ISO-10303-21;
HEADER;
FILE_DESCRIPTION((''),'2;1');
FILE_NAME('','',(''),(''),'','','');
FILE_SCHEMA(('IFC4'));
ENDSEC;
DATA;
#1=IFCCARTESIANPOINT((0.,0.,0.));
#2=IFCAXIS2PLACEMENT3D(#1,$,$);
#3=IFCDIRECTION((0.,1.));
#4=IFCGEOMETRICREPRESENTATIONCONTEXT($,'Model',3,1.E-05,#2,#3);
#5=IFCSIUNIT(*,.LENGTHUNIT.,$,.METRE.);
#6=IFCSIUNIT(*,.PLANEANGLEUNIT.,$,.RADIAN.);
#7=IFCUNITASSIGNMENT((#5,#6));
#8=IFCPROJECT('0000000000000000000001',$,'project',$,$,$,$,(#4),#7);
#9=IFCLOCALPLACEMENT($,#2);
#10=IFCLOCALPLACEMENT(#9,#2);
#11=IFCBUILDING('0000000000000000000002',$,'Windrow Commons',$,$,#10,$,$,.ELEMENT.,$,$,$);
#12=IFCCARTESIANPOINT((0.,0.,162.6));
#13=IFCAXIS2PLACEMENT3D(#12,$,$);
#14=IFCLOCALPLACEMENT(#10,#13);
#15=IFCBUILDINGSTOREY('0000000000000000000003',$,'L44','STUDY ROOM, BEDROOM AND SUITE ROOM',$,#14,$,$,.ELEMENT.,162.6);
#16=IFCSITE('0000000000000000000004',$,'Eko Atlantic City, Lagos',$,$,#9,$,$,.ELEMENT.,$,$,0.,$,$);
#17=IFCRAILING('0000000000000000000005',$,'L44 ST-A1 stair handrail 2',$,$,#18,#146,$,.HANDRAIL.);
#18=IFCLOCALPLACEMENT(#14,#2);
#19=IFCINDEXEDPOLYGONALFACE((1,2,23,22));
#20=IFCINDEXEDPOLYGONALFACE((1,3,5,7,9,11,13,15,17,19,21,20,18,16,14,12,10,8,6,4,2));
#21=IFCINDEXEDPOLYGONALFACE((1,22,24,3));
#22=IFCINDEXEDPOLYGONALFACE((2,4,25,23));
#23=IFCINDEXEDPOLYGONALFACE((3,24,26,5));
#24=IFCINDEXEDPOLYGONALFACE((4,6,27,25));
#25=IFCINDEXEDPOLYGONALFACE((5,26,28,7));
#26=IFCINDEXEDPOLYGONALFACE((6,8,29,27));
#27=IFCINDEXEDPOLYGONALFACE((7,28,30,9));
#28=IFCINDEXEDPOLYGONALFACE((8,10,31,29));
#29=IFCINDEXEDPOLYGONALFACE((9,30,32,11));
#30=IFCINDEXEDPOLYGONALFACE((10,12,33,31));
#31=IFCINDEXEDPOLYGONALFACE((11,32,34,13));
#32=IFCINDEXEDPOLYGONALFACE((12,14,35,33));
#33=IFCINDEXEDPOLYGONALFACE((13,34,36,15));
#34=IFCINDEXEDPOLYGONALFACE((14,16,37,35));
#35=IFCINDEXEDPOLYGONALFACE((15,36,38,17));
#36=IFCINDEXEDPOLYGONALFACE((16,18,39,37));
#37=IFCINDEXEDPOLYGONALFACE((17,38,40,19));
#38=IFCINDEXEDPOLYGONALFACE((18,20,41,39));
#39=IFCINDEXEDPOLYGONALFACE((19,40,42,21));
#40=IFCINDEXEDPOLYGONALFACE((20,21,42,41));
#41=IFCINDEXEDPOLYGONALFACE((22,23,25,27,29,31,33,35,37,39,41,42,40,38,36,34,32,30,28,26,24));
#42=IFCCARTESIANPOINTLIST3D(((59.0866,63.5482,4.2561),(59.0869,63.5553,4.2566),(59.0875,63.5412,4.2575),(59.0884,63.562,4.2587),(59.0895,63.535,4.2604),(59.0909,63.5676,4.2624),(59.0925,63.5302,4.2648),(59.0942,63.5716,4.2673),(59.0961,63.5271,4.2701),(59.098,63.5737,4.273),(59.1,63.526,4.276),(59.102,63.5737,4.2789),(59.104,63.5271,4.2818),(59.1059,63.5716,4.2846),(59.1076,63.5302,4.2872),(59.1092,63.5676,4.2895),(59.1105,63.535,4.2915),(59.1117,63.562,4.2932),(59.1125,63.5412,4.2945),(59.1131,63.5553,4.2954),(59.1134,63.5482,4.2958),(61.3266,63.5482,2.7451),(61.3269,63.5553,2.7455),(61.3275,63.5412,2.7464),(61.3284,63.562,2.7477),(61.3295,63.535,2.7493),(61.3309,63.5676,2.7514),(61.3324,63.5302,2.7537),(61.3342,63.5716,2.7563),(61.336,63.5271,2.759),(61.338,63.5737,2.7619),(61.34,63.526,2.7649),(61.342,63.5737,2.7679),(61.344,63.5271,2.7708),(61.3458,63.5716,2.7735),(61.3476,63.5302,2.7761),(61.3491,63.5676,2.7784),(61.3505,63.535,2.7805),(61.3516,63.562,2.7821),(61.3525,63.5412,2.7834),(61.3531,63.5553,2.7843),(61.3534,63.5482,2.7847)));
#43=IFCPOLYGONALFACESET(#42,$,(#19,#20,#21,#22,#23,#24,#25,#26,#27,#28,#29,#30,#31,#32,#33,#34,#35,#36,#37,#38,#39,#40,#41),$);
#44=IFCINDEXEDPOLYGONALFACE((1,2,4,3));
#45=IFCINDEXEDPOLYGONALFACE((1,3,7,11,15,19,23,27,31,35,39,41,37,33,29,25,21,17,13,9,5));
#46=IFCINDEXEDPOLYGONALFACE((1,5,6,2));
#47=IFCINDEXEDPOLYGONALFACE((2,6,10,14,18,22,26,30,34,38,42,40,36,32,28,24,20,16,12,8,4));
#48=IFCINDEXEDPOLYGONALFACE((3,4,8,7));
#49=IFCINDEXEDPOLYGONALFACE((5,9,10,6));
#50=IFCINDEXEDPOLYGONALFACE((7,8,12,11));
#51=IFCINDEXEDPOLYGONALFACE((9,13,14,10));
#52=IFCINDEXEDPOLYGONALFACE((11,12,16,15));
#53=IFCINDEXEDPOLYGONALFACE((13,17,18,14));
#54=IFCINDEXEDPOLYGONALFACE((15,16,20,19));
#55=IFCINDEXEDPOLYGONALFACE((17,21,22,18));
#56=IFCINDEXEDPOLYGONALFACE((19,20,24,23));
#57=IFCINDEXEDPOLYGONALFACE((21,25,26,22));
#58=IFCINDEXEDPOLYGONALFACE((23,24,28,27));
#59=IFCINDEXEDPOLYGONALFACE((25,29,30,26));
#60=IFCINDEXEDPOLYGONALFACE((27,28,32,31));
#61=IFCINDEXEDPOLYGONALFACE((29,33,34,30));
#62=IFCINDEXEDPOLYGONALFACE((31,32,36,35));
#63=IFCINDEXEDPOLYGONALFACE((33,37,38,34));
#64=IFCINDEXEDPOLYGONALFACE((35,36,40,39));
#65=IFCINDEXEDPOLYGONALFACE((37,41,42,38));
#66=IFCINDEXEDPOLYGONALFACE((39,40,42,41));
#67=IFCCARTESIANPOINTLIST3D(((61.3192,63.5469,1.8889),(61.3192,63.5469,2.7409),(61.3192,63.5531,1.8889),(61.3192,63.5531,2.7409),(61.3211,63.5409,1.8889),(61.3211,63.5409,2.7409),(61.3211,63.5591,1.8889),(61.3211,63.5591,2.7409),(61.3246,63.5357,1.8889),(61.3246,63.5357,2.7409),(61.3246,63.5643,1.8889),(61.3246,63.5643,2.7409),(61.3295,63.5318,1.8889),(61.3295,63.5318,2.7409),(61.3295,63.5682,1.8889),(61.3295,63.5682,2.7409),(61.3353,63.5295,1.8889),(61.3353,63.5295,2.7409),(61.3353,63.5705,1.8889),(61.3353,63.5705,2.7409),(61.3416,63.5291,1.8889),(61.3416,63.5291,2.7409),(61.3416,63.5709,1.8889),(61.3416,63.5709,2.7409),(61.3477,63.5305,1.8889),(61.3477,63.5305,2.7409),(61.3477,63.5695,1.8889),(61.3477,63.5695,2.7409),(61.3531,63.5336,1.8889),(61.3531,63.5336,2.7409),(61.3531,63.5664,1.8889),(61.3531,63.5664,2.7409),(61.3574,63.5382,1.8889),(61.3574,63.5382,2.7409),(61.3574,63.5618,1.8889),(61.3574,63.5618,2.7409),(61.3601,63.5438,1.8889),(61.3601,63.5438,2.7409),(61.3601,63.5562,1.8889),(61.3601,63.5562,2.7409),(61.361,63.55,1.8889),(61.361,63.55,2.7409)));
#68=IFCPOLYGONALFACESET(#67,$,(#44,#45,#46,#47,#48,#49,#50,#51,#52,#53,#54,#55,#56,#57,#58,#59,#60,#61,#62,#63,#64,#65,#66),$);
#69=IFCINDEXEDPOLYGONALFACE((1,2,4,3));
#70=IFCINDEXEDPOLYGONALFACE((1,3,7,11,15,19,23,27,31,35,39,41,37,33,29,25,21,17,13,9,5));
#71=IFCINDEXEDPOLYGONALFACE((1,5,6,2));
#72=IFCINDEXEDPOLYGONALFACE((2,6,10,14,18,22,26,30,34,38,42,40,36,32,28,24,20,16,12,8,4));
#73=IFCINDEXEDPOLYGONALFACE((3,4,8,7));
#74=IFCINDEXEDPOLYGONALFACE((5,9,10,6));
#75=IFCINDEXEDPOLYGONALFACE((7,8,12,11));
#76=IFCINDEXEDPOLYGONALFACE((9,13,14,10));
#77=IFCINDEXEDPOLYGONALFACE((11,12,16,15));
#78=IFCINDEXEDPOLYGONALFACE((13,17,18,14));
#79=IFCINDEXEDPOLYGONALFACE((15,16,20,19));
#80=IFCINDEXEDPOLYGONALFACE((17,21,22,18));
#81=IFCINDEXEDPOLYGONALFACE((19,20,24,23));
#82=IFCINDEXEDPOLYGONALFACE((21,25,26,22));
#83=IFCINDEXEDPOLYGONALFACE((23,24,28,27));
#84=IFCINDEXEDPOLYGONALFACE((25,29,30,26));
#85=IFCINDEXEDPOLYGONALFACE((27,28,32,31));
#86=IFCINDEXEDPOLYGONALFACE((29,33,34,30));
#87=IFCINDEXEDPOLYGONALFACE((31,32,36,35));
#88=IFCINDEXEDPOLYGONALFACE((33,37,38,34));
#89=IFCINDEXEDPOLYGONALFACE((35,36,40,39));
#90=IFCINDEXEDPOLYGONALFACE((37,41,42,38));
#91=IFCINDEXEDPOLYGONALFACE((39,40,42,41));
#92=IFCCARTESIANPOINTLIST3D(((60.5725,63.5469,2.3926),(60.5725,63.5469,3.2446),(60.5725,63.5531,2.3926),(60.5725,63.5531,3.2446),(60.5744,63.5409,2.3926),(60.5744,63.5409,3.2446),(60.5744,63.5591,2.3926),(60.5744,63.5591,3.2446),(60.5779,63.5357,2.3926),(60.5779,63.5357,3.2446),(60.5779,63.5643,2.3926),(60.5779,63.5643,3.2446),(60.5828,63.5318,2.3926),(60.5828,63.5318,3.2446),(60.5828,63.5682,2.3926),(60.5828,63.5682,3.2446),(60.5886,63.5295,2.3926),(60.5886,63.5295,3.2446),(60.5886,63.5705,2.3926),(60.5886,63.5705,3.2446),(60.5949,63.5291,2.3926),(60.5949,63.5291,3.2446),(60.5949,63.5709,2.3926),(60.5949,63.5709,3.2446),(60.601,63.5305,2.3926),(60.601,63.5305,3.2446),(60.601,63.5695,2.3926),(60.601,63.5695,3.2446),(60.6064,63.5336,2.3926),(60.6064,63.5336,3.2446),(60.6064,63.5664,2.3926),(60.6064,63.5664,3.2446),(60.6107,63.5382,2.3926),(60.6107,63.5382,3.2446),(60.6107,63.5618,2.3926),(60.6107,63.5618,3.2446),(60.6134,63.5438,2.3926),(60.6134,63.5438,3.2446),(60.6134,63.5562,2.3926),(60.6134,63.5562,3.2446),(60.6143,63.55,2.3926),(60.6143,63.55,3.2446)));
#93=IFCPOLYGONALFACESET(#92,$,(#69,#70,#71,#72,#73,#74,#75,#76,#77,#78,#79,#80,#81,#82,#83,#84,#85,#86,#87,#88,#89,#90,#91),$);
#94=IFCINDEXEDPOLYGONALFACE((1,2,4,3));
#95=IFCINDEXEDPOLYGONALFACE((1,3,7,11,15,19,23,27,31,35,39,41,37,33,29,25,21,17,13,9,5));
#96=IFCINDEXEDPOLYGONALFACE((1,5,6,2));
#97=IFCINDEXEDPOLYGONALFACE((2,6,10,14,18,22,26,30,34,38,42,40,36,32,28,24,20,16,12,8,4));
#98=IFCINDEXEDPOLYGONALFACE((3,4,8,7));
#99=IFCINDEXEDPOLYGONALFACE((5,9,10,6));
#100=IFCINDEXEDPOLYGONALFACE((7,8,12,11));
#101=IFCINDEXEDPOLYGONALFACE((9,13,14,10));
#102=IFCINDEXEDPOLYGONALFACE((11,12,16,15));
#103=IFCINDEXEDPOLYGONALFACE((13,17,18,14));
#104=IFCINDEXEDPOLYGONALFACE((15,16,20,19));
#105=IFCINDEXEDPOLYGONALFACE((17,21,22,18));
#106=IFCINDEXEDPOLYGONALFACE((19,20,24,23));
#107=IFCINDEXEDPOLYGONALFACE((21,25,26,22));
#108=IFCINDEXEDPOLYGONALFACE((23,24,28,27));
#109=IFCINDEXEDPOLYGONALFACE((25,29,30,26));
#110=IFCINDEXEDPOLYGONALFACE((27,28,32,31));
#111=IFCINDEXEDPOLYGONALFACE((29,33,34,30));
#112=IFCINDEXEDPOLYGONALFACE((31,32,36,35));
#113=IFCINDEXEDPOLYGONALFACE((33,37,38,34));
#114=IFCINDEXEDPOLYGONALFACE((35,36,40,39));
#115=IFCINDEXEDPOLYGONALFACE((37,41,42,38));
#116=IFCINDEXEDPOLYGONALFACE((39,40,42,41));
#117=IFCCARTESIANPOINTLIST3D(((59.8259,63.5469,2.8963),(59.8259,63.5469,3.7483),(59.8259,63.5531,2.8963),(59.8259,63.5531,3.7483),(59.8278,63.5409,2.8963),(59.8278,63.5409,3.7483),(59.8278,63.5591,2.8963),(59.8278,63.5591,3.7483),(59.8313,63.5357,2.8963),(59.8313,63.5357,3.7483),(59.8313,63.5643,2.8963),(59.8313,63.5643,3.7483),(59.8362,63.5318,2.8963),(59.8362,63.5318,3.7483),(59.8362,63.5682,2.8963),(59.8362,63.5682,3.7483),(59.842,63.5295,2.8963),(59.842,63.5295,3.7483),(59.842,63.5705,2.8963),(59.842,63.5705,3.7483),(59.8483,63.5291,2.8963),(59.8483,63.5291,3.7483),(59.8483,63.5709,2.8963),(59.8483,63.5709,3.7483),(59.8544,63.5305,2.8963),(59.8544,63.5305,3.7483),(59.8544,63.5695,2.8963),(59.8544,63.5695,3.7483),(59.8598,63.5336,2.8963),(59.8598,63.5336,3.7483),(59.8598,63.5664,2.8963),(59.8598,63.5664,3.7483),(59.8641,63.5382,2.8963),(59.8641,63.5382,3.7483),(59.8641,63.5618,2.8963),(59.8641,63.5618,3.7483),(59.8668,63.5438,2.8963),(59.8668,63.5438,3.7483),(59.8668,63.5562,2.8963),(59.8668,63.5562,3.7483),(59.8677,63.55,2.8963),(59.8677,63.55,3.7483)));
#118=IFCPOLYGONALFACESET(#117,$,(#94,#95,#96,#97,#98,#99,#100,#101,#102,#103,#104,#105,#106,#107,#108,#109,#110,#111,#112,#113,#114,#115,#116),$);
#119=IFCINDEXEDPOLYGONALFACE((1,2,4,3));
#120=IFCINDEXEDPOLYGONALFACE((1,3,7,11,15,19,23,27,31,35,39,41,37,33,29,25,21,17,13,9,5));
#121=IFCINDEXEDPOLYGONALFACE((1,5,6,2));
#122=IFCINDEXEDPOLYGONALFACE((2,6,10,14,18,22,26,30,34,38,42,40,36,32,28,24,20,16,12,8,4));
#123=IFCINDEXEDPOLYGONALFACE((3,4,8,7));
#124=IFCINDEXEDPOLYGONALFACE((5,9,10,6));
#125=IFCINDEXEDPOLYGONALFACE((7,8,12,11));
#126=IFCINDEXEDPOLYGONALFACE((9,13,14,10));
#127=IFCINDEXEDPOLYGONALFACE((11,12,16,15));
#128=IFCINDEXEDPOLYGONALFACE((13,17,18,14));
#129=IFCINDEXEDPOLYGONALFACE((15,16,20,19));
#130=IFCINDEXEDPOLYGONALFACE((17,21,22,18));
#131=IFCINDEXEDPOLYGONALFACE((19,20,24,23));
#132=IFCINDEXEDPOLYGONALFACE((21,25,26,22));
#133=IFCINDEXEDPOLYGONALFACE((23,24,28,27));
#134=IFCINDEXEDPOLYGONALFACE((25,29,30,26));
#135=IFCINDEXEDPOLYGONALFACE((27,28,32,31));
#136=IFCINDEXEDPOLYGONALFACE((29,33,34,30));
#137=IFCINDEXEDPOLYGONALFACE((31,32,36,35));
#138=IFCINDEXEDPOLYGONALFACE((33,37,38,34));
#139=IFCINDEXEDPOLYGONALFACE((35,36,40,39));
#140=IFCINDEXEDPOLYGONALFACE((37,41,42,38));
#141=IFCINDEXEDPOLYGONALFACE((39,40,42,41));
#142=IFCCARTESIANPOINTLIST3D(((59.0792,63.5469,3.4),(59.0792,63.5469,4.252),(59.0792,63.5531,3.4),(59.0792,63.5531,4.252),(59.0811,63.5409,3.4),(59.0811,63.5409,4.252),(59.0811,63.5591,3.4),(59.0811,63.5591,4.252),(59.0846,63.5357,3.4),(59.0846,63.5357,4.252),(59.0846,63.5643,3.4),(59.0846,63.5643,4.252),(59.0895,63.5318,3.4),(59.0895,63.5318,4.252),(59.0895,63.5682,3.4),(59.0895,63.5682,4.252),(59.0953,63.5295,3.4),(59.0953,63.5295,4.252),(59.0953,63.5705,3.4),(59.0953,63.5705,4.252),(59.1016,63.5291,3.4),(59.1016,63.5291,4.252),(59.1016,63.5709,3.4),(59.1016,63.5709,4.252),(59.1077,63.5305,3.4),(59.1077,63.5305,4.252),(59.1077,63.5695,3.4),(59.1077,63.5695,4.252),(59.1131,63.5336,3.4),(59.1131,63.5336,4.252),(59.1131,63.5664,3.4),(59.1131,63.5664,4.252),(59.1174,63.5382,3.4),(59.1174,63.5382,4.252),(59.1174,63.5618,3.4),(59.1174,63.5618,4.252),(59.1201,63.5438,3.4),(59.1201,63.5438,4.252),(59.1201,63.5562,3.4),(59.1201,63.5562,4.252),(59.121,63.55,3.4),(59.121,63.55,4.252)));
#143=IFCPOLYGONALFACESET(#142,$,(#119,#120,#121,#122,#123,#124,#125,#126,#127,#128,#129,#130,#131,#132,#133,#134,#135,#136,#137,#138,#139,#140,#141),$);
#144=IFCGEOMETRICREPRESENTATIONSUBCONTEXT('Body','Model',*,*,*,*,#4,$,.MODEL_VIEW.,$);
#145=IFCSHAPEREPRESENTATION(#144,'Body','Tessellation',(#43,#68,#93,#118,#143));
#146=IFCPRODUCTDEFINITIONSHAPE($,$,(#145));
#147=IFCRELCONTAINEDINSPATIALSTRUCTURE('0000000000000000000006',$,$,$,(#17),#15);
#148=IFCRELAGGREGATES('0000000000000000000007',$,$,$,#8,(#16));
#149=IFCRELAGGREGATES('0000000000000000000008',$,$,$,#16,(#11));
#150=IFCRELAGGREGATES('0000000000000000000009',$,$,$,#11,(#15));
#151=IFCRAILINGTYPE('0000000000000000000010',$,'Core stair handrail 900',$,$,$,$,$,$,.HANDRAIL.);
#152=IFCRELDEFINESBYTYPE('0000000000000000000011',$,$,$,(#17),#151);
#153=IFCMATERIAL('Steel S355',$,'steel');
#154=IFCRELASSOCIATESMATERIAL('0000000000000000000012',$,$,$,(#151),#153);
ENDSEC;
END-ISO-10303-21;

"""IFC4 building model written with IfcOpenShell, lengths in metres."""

from ifc_helpers import new_model, si_unit, direction, frame, origin, origin_2d, place, context, subcontext, project, spatial, circle, extrude, material, type_object, element, save


model = new_model("IFC4")

# Units and contexts
model_context = context("Model", 3, precision=1e-05, world=origin(), true_north=direction((0.0, 1.0)))
body_context = subcontext(model_context, "Body", "Model", "MODEL_VIEW")
ifc_project = project(units=[si_unit("LENGTHUNIT", "METRE"), si_unit("PLANEANGLEUNIT", "RADIAN")], contexts=[model_context])

# Site, building, storey
site_placement = place(None, origin())
site = spatial("IfcSite", under=ifc_project, at=site_placement, Name="Eko Atlantic City, Lagos", CompositionType="ELEMENT", RefElevation=0.0)
building_placement = place(site_placement, origin())
building = spatial("IfcBuilding", under=site, at=building_placement, Name="Windrow Commons", CompositionType="ELEMENT")
storey_placement = place(building_placement, frame((0.0, 0.0, 162.6)))
storey = spatial("IfcBuildingStorey", under=building, at=storey_placement, Name="L44", Description="STUDY ROOM, BEDROOM AND SUITE ROOM", CompositionType="ELEMENT", Elevation=162.6)

# Railing
ifc_material_1 = material(Name="Steel S355", Category="steel")
railing_type_1 = type_object("IfcRailingType", Name="Core stair handrail 900", PredefinedType="HANDRAIL", material=ifc_material_1)
railing_1_placement = place(storey_placement, frame((61.34, 63.55, 1.8889)))
element("IfcRailing", 1, at=railing_1_placement, inside=storey, type_object=railing_type_1, Name="L44 ST-A1 stair handrail 2", PredefinedType="HANDRAIL", context=body_context, shape_type="SweptSolid", body=[
    extrude(circle(Radius=0.024, at=origin_2d()), frame((0.0, 0.0, 0.876), z_axis=(-0.829003, 0.0, 0.559244), x_axis=(0.0, -1.0, 0.0)), (0.0, 0.0, 1.0), 2.702),
    extrude(circle(Radius=0.021, at=origin_2d()), origin(), (0.0, 0.0, 1.0), 0.852),
    extrude(circle(Radius=0.021, at=origin_2d()), frame((-0.7467, 0.0, 0.5037)), (0.0, 0.0, 1.0), 0.852),
    extrude(circle(Radius=0.021, at=origin_2d()), frame((-1.4933, 0.0, 1.0074)), (0.0, 0.0, 1.0), 0.852),
    extrude(circle(Radius=0.021, at=origin_2d()), frame((-2.24, 0.0, 1.5111)), (0.0, 0.0, 1.0), 0.852),
])

save(model, "model.ifc")
